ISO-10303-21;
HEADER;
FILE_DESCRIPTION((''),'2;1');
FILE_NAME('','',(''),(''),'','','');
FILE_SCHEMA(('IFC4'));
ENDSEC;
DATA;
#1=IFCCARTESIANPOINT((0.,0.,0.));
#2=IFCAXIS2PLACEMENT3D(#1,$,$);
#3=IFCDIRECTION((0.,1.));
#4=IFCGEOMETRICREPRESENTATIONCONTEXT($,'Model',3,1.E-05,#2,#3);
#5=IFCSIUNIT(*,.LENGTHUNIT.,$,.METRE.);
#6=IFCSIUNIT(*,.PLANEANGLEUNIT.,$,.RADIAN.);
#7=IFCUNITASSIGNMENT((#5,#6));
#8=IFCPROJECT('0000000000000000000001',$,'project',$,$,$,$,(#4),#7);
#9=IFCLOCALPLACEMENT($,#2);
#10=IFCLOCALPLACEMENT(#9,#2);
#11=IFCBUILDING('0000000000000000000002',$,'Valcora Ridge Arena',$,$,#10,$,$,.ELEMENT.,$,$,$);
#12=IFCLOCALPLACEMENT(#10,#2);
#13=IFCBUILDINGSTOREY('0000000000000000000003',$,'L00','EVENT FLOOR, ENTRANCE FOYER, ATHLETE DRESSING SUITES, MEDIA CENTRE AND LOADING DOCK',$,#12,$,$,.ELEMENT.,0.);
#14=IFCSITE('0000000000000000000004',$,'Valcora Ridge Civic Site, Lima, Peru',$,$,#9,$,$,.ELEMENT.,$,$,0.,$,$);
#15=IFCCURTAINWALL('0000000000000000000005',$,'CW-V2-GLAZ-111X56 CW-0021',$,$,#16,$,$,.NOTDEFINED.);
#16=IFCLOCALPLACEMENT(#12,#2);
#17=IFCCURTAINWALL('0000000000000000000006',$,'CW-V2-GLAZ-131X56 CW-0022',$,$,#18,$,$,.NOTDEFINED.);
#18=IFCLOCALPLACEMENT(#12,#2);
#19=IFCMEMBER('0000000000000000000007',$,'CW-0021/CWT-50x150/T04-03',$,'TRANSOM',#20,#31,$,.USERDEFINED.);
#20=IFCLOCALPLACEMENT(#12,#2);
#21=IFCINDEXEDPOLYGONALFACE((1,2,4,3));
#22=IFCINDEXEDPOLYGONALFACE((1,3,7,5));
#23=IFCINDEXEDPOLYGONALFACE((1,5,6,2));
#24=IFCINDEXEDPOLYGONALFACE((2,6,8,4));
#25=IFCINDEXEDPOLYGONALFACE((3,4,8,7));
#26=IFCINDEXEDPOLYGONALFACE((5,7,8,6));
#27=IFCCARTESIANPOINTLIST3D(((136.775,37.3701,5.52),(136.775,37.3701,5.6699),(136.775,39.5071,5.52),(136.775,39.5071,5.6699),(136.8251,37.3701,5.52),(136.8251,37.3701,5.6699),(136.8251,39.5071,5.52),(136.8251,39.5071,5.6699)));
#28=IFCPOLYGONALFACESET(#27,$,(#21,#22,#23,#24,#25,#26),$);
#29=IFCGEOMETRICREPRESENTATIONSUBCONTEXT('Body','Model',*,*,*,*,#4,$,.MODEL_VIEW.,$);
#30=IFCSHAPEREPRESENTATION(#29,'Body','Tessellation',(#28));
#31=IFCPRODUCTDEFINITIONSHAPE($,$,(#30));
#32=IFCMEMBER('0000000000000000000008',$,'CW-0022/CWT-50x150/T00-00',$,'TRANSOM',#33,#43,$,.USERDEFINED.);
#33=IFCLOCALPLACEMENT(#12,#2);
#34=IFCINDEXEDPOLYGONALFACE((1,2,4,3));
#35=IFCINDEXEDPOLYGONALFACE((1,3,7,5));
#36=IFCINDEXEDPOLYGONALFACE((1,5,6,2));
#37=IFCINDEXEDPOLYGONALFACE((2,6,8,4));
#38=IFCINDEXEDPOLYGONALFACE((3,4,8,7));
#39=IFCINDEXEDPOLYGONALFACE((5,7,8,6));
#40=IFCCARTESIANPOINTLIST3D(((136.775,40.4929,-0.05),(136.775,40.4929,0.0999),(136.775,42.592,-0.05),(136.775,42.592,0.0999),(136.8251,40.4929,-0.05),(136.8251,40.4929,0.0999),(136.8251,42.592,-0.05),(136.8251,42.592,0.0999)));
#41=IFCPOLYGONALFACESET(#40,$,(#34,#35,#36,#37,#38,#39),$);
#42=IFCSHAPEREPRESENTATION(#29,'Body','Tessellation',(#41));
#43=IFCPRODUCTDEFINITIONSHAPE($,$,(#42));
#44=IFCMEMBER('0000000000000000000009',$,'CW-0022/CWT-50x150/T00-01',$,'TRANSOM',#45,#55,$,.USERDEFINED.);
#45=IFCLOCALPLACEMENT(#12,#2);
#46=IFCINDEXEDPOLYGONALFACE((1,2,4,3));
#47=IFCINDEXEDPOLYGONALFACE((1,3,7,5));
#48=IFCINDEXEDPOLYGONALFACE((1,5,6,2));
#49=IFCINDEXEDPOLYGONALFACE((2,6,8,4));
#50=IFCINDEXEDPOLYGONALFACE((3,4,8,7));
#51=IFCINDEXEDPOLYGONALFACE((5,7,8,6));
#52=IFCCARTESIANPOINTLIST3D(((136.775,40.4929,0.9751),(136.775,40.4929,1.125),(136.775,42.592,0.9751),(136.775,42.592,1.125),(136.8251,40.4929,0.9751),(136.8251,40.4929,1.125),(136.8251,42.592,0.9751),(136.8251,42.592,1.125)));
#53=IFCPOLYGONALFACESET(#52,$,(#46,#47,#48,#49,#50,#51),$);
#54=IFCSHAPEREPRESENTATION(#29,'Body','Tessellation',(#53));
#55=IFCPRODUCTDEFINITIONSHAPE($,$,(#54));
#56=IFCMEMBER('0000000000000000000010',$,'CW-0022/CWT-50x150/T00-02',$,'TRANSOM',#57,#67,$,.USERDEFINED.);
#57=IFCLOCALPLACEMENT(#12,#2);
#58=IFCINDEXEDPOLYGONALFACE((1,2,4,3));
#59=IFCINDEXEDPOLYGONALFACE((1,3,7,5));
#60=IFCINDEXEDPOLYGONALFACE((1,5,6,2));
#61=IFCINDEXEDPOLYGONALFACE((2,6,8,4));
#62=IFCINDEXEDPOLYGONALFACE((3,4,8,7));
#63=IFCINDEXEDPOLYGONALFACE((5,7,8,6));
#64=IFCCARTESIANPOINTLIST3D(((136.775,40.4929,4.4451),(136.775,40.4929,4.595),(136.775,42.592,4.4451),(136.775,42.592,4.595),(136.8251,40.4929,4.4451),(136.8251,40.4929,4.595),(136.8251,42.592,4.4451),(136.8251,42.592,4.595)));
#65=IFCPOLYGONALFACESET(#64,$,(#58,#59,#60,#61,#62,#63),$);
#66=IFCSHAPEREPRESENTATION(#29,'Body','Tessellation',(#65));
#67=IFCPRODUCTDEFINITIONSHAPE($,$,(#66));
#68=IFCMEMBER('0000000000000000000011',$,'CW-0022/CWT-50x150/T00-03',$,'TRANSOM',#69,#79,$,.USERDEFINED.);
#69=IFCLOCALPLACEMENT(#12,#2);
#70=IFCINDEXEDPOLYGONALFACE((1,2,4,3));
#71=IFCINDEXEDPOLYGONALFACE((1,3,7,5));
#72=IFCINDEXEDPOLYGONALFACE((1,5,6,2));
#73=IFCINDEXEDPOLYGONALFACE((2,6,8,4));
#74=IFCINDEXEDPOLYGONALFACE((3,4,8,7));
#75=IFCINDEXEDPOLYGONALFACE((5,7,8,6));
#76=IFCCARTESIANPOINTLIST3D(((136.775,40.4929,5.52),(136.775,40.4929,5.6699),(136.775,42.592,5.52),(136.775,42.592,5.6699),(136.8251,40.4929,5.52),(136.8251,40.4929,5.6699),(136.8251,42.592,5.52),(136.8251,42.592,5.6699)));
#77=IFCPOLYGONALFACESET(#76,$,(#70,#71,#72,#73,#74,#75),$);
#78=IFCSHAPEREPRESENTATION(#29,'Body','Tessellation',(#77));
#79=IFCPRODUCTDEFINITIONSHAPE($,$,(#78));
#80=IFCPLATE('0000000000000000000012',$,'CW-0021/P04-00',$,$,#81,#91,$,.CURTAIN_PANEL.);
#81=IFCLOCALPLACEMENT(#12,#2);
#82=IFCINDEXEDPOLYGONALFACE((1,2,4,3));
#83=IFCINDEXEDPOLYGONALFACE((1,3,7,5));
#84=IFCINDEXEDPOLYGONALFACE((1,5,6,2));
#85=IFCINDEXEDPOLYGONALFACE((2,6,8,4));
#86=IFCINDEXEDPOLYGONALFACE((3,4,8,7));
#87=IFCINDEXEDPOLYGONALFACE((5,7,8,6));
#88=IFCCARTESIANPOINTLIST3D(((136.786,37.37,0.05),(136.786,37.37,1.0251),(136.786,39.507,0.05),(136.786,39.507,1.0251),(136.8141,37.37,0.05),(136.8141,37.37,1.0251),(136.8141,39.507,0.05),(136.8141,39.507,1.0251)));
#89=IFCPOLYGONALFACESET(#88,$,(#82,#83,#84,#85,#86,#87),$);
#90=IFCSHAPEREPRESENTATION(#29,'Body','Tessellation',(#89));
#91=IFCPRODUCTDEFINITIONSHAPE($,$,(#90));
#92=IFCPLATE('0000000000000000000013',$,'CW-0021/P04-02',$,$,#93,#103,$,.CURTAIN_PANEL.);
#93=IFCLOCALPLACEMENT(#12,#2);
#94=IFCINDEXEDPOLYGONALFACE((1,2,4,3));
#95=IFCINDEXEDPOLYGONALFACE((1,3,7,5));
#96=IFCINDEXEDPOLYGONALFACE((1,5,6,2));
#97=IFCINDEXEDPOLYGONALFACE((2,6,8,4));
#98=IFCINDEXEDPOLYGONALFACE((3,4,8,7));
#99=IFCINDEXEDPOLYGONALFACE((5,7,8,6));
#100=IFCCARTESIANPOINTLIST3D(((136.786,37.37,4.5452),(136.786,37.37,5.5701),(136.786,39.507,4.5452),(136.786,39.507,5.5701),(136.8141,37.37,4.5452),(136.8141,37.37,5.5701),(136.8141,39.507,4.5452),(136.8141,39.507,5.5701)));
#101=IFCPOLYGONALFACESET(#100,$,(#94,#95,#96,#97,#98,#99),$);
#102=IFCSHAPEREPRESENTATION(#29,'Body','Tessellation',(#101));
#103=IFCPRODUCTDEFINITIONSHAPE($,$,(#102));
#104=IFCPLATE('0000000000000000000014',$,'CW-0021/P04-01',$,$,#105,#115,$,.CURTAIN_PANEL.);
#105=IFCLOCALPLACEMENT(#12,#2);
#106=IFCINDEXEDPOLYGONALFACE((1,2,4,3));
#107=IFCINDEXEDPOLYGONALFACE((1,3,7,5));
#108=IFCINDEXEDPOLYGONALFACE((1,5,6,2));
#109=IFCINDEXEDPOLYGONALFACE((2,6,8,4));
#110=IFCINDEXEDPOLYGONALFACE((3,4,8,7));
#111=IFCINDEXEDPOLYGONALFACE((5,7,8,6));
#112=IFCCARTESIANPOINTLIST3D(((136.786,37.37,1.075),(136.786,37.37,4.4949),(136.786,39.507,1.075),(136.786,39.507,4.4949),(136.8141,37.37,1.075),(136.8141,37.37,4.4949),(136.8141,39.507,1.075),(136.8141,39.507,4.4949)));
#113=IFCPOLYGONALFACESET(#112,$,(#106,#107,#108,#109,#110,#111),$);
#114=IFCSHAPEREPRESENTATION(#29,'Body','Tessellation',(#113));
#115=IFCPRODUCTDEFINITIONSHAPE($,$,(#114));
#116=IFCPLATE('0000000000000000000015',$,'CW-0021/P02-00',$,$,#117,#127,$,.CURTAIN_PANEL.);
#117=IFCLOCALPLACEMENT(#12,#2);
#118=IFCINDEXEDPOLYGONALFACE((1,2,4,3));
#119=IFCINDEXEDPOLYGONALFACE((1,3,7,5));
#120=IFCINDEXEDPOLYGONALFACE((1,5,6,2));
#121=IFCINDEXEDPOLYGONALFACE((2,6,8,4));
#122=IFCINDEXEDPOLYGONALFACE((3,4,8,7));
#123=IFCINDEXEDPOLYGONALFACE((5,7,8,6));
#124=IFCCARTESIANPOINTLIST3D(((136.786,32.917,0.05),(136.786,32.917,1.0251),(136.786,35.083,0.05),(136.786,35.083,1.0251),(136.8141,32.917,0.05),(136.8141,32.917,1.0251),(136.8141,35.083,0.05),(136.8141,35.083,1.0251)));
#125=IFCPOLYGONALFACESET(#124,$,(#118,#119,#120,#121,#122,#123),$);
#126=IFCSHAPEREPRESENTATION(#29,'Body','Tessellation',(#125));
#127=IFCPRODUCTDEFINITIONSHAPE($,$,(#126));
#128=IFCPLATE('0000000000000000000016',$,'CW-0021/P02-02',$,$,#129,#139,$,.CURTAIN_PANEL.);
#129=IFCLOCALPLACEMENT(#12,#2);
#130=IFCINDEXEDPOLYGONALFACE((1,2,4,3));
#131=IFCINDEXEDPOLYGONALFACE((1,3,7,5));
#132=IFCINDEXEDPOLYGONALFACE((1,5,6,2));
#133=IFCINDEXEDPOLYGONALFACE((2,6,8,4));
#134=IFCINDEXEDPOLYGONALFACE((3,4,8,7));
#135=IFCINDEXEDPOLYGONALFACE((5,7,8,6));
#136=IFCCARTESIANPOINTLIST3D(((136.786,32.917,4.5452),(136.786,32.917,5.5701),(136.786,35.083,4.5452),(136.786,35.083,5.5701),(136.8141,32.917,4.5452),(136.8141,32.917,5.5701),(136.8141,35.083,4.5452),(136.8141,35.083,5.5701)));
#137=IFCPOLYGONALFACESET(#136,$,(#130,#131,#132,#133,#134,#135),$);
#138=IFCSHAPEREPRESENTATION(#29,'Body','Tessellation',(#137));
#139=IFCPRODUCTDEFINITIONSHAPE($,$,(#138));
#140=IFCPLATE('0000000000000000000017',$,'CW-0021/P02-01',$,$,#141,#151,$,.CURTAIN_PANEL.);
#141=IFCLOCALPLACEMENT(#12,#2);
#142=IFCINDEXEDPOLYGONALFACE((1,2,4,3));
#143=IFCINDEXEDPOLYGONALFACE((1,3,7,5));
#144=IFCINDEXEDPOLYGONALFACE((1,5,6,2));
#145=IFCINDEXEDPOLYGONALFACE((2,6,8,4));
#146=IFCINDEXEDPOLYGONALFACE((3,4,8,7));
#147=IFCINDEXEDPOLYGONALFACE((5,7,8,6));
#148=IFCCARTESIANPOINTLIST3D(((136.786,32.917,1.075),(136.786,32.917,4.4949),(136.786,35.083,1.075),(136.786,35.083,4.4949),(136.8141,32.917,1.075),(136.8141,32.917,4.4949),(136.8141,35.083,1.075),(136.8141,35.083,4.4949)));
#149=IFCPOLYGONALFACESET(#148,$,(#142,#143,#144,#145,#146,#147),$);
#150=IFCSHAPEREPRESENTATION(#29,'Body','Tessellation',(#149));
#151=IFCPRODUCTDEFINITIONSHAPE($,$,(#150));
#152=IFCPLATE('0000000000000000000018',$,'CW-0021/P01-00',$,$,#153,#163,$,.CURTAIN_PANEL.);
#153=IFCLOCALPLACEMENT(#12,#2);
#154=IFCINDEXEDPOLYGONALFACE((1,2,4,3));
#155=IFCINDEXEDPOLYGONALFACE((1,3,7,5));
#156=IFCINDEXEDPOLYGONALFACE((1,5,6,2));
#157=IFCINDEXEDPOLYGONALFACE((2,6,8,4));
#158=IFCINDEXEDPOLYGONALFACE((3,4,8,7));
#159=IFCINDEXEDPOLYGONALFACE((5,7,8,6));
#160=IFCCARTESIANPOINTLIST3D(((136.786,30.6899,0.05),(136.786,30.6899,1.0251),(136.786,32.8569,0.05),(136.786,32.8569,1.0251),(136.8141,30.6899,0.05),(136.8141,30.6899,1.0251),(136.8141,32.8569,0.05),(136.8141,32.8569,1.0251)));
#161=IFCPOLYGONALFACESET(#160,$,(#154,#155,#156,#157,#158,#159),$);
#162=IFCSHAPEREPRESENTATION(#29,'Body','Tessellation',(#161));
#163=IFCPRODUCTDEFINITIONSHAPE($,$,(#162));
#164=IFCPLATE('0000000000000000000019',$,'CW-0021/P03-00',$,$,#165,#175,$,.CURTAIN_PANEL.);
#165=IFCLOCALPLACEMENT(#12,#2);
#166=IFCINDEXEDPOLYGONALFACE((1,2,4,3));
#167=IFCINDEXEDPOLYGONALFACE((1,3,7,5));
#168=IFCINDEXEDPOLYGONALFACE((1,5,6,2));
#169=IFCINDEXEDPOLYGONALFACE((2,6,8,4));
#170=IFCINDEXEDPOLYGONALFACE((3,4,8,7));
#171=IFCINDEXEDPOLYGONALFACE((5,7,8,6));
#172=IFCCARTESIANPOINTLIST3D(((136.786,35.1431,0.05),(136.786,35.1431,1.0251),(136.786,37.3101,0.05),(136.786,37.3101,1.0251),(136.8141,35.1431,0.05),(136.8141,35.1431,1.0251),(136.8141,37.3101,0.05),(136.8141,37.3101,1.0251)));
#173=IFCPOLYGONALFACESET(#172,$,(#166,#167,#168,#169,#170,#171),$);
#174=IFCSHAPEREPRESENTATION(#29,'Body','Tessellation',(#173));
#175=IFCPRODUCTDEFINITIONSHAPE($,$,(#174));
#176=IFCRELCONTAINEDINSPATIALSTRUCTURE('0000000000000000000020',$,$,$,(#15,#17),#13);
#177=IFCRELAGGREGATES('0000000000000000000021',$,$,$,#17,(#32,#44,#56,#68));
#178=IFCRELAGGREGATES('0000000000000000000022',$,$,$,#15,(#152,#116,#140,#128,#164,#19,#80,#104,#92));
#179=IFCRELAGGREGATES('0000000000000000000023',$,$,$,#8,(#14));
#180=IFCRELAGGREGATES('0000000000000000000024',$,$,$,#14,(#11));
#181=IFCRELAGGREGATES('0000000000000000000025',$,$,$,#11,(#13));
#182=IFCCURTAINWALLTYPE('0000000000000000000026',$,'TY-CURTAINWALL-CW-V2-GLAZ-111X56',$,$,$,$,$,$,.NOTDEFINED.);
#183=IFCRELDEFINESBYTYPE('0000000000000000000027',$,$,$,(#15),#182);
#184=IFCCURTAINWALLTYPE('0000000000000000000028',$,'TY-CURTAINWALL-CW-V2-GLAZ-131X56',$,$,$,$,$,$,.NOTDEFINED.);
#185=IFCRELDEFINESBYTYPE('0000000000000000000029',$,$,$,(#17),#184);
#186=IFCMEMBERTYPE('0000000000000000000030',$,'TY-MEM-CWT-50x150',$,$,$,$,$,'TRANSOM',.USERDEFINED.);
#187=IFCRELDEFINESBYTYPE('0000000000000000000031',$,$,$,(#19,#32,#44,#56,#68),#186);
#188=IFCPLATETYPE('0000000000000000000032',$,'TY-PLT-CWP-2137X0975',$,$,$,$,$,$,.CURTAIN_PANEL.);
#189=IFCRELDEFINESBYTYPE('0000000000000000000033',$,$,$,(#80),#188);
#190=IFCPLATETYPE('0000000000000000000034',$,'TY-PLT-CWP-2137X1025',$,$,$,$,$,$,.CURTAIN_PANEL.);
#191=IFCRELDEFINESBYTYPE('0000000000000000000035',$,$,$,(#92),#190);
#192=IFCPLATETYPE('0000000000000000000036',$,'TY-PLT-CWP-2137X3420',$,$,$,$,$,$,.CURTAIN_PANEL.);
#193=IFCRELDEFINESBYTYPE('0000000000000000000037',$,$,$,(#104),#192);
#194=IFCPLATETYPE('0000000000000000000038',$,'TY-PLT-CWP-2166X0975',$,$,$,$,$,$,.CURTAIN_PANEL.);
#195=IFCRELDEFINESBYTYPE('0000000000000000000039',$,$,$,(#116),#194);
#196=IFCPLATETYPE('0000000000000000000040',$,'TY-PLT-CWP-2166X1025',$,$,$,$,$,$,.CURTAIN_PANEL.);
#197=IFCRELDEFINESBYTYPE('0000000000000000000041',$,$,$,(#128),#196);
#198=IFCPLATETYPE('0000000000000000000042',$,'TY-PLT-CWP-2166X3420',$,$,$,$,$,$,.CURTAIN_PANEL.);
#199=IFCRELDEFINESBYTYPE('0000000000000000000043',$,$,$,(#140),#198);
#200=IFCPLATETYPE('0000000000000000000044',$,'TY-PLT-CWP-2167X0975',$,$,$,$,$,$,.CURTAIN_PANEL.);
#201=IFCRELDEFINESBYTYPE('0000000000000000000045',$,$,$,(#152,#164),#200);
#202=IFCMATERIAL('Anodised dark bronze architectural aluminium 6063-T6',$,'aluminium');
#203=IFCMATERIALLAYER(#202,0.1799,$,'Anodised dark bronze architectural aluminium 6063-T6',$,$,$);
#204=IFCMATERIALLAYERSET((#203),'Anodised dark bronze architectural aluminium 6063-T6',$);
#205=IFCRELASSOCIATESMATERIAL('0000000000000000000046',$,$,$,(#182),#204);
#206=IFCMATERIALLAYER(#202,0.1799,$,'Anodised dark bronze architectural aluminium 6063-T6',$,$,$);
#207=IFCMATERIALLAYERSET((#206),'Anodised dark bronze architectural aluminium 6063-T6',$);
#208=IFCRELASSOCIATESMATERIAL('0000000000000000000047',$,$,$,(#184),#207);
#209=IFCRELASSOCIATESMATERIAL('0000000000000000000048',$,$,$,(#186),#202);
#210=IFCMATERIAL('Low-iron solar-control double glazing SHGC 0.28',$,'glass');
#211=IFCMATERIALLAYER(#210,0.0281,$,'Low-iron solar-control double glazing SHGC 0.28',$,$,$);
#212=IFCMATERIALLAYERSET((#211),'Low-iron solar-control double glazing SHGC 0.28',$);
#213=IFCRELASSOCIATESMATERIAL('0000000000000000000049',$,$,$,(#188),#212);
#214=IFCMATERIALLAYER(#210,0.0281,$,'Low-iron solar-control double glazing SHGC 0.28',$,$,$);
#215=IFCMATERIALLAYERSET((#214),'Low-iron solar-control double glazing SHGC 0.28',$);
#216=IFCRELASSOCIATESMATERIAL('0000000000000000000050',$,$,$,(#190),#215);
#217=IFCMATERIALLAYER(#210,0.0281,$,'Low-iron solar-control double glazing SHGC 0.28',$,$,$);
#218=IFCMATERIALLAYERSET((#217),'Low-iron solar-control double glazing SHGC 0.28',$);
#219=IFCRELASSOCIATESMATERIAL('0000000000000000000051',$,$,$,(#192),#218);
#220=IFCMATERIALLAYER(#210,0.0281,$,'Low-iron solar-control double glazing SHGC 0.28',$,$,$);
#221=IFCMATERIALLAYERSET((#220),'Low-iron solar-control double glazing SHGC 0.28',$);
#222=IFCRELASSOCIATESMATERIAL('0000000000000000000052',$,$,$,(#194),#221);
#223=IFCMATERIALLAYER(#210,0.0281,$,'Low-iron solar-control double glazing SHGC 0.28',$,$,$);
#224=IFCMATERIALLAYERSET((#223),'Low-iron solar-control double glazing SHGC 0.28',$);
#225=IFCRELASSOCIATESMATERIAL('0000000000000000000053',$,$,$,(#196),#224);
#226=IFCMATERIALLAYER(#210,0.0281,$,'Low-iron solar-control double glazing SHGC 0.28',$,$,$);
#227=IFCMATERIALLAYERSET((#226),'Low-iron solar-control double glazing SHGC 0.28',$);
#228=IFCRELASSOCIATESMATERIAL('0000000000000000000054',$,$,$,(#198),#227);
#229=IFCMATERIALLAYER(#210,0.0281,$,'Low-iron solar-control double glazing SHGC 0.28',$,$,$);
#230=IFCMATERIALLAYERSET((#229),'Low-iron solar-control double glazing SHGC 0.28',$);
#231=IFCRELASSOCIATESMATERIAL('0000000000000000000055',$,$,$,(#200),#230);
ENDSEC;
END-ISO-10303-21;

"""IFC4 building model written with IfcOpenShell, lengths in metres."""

from ifc_helpers import new_model, si_unit, direction, frame, origin, origin_2d, place, context, subcontext, project, spatial, rectangle, extrude, material, layer, layer_set, material_profile, profile_set, type_object, element, aggregate, save


model = new_model("IFC4")

# Units and contexts
model_context = context("Model", 3, precision=1e-05, world=origin(), true_north=direction((0.0, 1.0)))
body_context = subcontext(model_context, "Body", "Model", "MODEL_VIEW")
ifc_project = project(units=[si_unit("LENGTHUNIT", "METRE"), si_unit("PLANEANGLEUNIT", "RADIAN")], contexts=[model_context])

# Site, building, storey
site_placement = place(None, origin())
site = spatial("IfcSite", under=ifc_project, at=site_placement, Name="Valcora Ridge Civic Site, Lima, Peru", CompositionType="ELEMENT", RefElevation=0.0)
building_placement = place(site_placement, origin())
building = spatial("IfcBuilding", under=site, at=building_placement, Name="Valcora Ridge Arena", CompositionType="ELEMENT")
storey_placement = place(building_placement, origin())
storey = spatial("IfcBuildingStorey", under=building, at=storey_placement, Name="L00", Description="EVENT FLOOR, ENTRANCE FOYER, ATHLETE DRESSING SUITES, MEDIA CENTRE AND LOADING DOCK", CompositionType="ELEMENT", Elevation=0.0)

# Curtain wall
ifc_material_1 = material(Name="Anodised dark bronze architectural aluminium 6063-T6", Category="aluminium")
ifc_layer_1 = layer(ifc_material_1, 0.1799, Name="Anodised dark bronze architectural aluminium 6063-T6")
ifc_layer_set_1 = layer_set([ifc_layer_1], Name="Anodised dark bronze architectural aluminium 6063-T6")
curtain_wall_type_1 = type_object("IfcCurtainWallType", Name="TY-CURTAINWALL-CW-V2-GLAZ-111X56", PredefinedType="NOTDEFINED", material=ifc_layer_set_1)
curtain_wall_1_placement = place(storey_placement, origin())
curtain_wall_1 = element("IfcCurtainWall", 1, at=curtain_wall_1_placement, inside=storey, type_object=curtain_wall_type_1, Name="CW-V2-GLAZ-111X56 CW-0021", PredefinedType="NOTDEFINED")

# Curtain wall
ifc_layer_2 = layer(ifc_material_1, 0.1799, Name="Anodised dark bronze architectural aluminium 6063-T6")
ifc_layer_set_2 = layer_set([ifc_layer_2], Name="Anodised dark bronze architectural aluminium 6063-T6")
curtain_wall_type_2 = type_object("IfcCurtainWallType", Name="TY-CURTAINWALL-CW-V2-GLAZ-131X56", PredefinedType="NOTDEFINED", material=ifc_layer_set_2)
curtain_wall_2_placement = place(storey_placement, origin())
curtain_wall_2 = element("IfcCurtainWall", 2, at=curtain_wall_2_placement, inside=storey, type_object=curtain_wall_type_2, Name="CW-V2-GLAZ-131X56 CW-0022", PredefinedType="NOTDEFINED")

# Members
ifc_material_profile_1 = material_profile(ifc_material_1, rectangle(XDim=0.05, YDim=0.1499, at=origin_2d()), Name="ALU TRANSOM 50x150")
ifc_profile_set_1 = profile_set([ifc_material_profile_1], Name="Anodised dark bronze architectural aluminium 6063-T6")
member_type_1 = type_object("IfcMemberType", Name="TY-MEM-CWT-50x150", ElementType="TRANSOM", PredefinedType="USERDEFINED", material=ifc_profile_set_1)
member_1_placement = place(storey_placement, frame((136.8, 37.3701, 5.595), z_axis=(0.0, 1.0, 0.0), x_axis=(-1.0, 0.0, 0.0)))
member_1 = element("IfcMember", 3, at=member_1_placement, type_object=member_type_1, Name="CW-0021/CWT-50x150/T04-03", ObjectType="TRANSOM", PredefinedType="USERDEFINED", context=body_context, shape_type="SweptSolid", body=[
    extrude(rectangle(XDim=0.05, YDim=0.1499, at=origin_2d()), origin(), (0.0, 0.0, 1.0), 2.137),
])
member_2_placement = place(storey_placement, frame((136.8, 40.4929, 0.0249), z_axis=(0.0, 1.0, 0.0), x_axis=(-1.0, 0.0, 0.0)))
member_2 = element("IfcMember", 4, at=member_2_placement, type_object=member_type_1, Name="CW-0022/CWT-50x150/T00-00", ObjectType="TRANSOM", PredefinedType="USERDEFINED", context=body_context, shape_type="SweptSolid", body=[
    extrude(rectangle(XDim=0.05, YDim=0.1499, at=origin_2d()), origin(), (0.0, 0.0, 1.0), 2.0991),
])
member_3_placement = place(storey_placement, frame((136.8, 40.4929, 1.05), z_axis=(0.0, 1.0, 0.0), x_axis=(-1.0, 0.0, 0.0)))
member_3 = element("IfcMember", 5, at=member_3_placement, type_object=member_type_1, Name="CW-0022/CWT-50x150/T00-01", ObjectType="TRANSOM", PredefinedType="USERDEFINED", context=body_context, shape_type="SweptSolid", body=[
    extrude(rectangle(XDim=0.05, YDim=0.1499, at=origin_2d()), origin(), (0.0, 0.0, 1.0), 2.0991),
])
member_4_placement = place(storey_placement, frame((136.8, 40.4929, 4.52), z_axis=(0.0, 1.0, 0.0), x_axis=(-1.0, 0.0, 0.0)))
member_4 = element("IfcMember", 6, at=member_4_placement, type_object=member_type_1, Name="CW-0022/CWT-50x150/T00-02", ObjectType="TRANSOM", PredefinedType="USERDEFINED", context=body_context, shape_type="SweptSolid", body=[
    extrude(rectangle(XDim=0.05, YDim=0.1499, at=origin_2d()), origin(), (0.0, 0.0, 1.0), 2.0991),
])
member_5_placement = place(storey_placement, frame((136.8, 40.4929, 5.595), z_axis=(0.0, 1.0, 0.0), x_axis=(-1.0, 0.0, 0.0)))
member_5 = element("IfcMember", 7, at=member_5_placement, type_object=member_type_1, Name="CW-0022/CWT-50x150/T00-03", ObjectType="TRANSOM", PredefinedType="USERDEFINED", context=body_context, shape_type="SweptSolid", body=[
    extrude(rectangle(XDim=0.05, YDim=0.1499, at=origin_2d()), origin(), (0.0, 0.0, 1.0), 2.0991),
])
aggregate(curtain_wall_2, [member_2, member_3, member_4, member_5])

# Plates
ifc_material_2 = material(Name="Low-iron solar-control double glazing SHGC 0.28", Category="glass")
ifc_layer_3 = layer(ifc_material_2, 0.0281, Name="Low-iron solar-control double glazing SHGC 0.28")
ifc_layer_set_3 = layer_set([ifc_layer_3], Name="Low-iron solar-control double glazing SHGC 0.28")
plate_type_1 = type_object("IfcPlateType", Name="TY-PLT-CWP-2137X0975", PredefinedType="CURTAIN_PANEL", material=ifc_layer_set_3)
plate_1_placement = place(storey_placement, frame((136.8, 38.4385, 0.05), z_axis=(0.0, 0.0, 1.0), x_axis=(0.0, 1.0, 0.0)))
plate_1 = element("IfcPlate", 8, at=plate_1_placement, type_object=plate_type_1, Name="CW-0021/P04-00", PredefinedType="CURTAIN_PANEL", context=body_context, shape_type="SweptSolid", body=[
    extrude(rectangle(XDim=2.137, YDim=0.0281, at=origin_2d()), origin(), (0.0, 0.0, 1.0), 0.9751),
])
ifc_layer_4 = layer(ifc_material_2, 0.0281, Name="Low-iron solar-control double glazing SHGC 0.28")
ifc_layer_set_4 = layer_set([ifc_layer_4], Name="Low-iron solar-control double glazing SHGC 0.28")
plate_type_2 = type_object("IfcPlateType", Name="TY-PLT-CWP-2137X1025", PredefinedType="CURTAIN_PANEL", material=ifc_layer_set_4)
plate_2_placement = place(storey_placement, frame((136.8, 38.4385, 4.5452), z_axis=(0.0, 0.0, 1.0), x_axis=(0.0, 1.0, 0.0)))
plate_2 = element("IfcPlate", 9, at=plate_2_placement, type_object=plate_type_2, Name="CW-0021/P04-02", PredefinedType="CURTAIN_PANEL", context=body_context, shape_type="SweptSolid", body=[
    extrude(rectangle(XDim=2.137, YDim=0.0281, at=origin_2d()), origin(), (0.0, 0.0, 1.0), 1.0249),
])
ifc_layer_5 = layer(ifc_material_2, 0.0281, Name="Low-iron solar-control double glazing SHGC 0.28")
ifc_layer_set_5 = layer_set([ifc_layer_5], Name="Low-iron solar-control double glazing SHGC 0.28")
plate_type_3 = type_object("IfcPlateType", Name="TY-PLT-CWP-2137X3420", PredefinedType="CURTAIN_PANEL", material=ifc_layer_set_5)
plate_3_placement = place(storey_placement, frame((136.8, 38.4385, 1.075), z_axis=(0.0, 0.0, 1.0), x_axis=(0.0, 1.0, 0.0)))
plate_3 = element("IfcPlate", 10, at=plate_3_placement, type_object=plate_type_3, Name="CW-0021/P04-01", PredefinedType="CURTAIN_PANEL", context=body_context, shape_type="SweptSolid", body=[
    extrude(rectangle(XDim=2.137, YDim=0.0281, at=origin_2d()), origin(), (0.0, 0.0, 1.0), 3.4199),
])
ifc_layer_6 = layer(ifc_material_2, 0.0281, Name="Low-iron solar-control double glazing SHGC 0.28")
ifc_layer_set_6 = layer_set([ifc_layer_6], Name="Low-iron solar-control double glazing SHGC 0.28")
plate_type_4 = type_object("IfcPlateType", Name="TY-PLT-CWP-2166X0975", PredefinedType="CURTAIN_PANEL", material=ifc_layer_set_6)
plate_4_placement = place(storey_placement, frame((136.8, 34.0, 0.05), z_axis=(0.0, 0.0, 1.0), x_axis=(0.0, 1.0, 0.0)))
plate_4 = element("IfcPlate", 11, at=plate_4_placement, type_object=plate_type_4, Name="CW-0021/P02-00", PredefinedType="CURTAIN_PANEL", context=body_context, shape_type="SweptSolid", body=[
    extrude(rectangle(XDim=2.166, YDim=0.0281, at=origin_2d()), origin(), (0.0, 0.0, 1.0), 0.9751),
])
ifc_layer_7 = layer(ifc_material_2, 0.0281, Name="Low-iron solar-control double glazing SHGC 0.28")
ifc_layer_set_7 = layer_set([ifc_layer_7], Name="Low-iron solar-control double glazing SHGC 0.28")
plate_type_5 = type_object("IfcPlateType", Name="TY-PLT-CWP-2166X1025", PredefinedType="CURTAIN_PANEL", material=ifc_layer_set_7)
plate_5_placement = place(storey_placement, frame((136.8, 34.0, 4.5452), z_axis=(0.0, 0.0, 1.0), x_axis=(0.0, 1.0, 0.0)))
plate_5 = element("IfcPlate", 12, at=plate_5_placement, type_object=plate_type_5, Name="CW-0021/P02-02", PredefinedType="CURTAIN_PANEL", context=body_context, shape_type="SweptSolid", body=[
    extrude(rectangle(XDim=2.166, YDim=0.0281, at=origin_2d()), origin(), (0.0, 0.0, 1.0), 1.0249),
])
ifc_layer_8 = layer(ifc_material_2, 0.0281, Name="Low-iron solar-control double glazing SHGC 0.28")
ifc_layer_set_8 = layer_set([ifc_layer_8], Name="Low-iron solar-control double glazing SHGC 0.28")
plate_type_6 = type_object("IfcPlateType", Name="TY-PLT-CWP-2166X3420", PredefinedType="CURTAIN_PANEL", material=ifc_layer_set_8)
plate_6_placement = place(storey_placement, frame((136.8, 34.0, 1.075), z_axis=(0.0, 0.0, 1.0), x_axis=(0.0, 1.0, 0.0)))
plate_6 = element("IfcPlate", 13, at=plate_6_placement, type_object=plate_type_6, Name="CW-0021/P02-01", PredefinedType="CURTAIN_PANEL", context=body_context, shape_type="SweptSolid", body=[
    extrude(rectangle(XDim=2.166, YDim=0.0281, at=origin_2d()), origin(), (0.0, 0.0, 1.0), 3.4199),
])
ifc_layer_9 = layer(ifc_material_2, 0.0281, Name="Low-iron solar-control double glazing SHGC 0.28")
ifc_layer_set_9 = layer_set([ifc_layer_9], Name="Low-iron solar-control double glazing SHGC 0.28")
plate_type_7 = type_object("IfcPlateType", Name="TY-PLT-CWP-2167X0975", PredefinedType="CURTAIN_PANEL", material=ifc_layer_set_9)
plate_7_placement = place(storey_placement, frame((136.8, 31.7734, 0.05), z_axis=(0.0, 0.0, 1.0), x_axis=(0.0, 1.0, 0.0)))
plate_7 = element("IfcPlate", 14, at=plate_7_placement, type_object=plate_type_7, Name="CW-0021/P01-00", PredefinedType="CURTAIN_PANEL", context=body_context, shape_type="SweptSolid", body=[
    extrude(rectangle(XDim=2.167, YDim=0.0281, at=origin_2d()), origin(), (0.0, 0.0, 1.0), 0.9751),
])
plate_8_placement = place(storey_placement, frame((136.8, 36.2266, 0.05), z_axis=(0.0, 0.0, 1.0), x_axis=(0.0, 1.0, 0.0)))
plate_8 = element("IfcPlate", 15, at=plate_8_placement, type_object=plate_type_7, Name="CW-0021/P03-00", PredefinedType="CURTAIN_PANEL", context=body_context, shape_type="SweptSolid", body=[
    extrude(rectangle(XDim=2.167, YDim=0.0281, at=origin_2d()), origin(), (0.0, 0.0, 1.0), 0.9751),
])
aggregate(curtain_wall_1, [plate_7, plate_4, plate_6, plate_5, plate_8, member_1, plate_1, plate_3, plate_2])

save(model, "model.ifc")
